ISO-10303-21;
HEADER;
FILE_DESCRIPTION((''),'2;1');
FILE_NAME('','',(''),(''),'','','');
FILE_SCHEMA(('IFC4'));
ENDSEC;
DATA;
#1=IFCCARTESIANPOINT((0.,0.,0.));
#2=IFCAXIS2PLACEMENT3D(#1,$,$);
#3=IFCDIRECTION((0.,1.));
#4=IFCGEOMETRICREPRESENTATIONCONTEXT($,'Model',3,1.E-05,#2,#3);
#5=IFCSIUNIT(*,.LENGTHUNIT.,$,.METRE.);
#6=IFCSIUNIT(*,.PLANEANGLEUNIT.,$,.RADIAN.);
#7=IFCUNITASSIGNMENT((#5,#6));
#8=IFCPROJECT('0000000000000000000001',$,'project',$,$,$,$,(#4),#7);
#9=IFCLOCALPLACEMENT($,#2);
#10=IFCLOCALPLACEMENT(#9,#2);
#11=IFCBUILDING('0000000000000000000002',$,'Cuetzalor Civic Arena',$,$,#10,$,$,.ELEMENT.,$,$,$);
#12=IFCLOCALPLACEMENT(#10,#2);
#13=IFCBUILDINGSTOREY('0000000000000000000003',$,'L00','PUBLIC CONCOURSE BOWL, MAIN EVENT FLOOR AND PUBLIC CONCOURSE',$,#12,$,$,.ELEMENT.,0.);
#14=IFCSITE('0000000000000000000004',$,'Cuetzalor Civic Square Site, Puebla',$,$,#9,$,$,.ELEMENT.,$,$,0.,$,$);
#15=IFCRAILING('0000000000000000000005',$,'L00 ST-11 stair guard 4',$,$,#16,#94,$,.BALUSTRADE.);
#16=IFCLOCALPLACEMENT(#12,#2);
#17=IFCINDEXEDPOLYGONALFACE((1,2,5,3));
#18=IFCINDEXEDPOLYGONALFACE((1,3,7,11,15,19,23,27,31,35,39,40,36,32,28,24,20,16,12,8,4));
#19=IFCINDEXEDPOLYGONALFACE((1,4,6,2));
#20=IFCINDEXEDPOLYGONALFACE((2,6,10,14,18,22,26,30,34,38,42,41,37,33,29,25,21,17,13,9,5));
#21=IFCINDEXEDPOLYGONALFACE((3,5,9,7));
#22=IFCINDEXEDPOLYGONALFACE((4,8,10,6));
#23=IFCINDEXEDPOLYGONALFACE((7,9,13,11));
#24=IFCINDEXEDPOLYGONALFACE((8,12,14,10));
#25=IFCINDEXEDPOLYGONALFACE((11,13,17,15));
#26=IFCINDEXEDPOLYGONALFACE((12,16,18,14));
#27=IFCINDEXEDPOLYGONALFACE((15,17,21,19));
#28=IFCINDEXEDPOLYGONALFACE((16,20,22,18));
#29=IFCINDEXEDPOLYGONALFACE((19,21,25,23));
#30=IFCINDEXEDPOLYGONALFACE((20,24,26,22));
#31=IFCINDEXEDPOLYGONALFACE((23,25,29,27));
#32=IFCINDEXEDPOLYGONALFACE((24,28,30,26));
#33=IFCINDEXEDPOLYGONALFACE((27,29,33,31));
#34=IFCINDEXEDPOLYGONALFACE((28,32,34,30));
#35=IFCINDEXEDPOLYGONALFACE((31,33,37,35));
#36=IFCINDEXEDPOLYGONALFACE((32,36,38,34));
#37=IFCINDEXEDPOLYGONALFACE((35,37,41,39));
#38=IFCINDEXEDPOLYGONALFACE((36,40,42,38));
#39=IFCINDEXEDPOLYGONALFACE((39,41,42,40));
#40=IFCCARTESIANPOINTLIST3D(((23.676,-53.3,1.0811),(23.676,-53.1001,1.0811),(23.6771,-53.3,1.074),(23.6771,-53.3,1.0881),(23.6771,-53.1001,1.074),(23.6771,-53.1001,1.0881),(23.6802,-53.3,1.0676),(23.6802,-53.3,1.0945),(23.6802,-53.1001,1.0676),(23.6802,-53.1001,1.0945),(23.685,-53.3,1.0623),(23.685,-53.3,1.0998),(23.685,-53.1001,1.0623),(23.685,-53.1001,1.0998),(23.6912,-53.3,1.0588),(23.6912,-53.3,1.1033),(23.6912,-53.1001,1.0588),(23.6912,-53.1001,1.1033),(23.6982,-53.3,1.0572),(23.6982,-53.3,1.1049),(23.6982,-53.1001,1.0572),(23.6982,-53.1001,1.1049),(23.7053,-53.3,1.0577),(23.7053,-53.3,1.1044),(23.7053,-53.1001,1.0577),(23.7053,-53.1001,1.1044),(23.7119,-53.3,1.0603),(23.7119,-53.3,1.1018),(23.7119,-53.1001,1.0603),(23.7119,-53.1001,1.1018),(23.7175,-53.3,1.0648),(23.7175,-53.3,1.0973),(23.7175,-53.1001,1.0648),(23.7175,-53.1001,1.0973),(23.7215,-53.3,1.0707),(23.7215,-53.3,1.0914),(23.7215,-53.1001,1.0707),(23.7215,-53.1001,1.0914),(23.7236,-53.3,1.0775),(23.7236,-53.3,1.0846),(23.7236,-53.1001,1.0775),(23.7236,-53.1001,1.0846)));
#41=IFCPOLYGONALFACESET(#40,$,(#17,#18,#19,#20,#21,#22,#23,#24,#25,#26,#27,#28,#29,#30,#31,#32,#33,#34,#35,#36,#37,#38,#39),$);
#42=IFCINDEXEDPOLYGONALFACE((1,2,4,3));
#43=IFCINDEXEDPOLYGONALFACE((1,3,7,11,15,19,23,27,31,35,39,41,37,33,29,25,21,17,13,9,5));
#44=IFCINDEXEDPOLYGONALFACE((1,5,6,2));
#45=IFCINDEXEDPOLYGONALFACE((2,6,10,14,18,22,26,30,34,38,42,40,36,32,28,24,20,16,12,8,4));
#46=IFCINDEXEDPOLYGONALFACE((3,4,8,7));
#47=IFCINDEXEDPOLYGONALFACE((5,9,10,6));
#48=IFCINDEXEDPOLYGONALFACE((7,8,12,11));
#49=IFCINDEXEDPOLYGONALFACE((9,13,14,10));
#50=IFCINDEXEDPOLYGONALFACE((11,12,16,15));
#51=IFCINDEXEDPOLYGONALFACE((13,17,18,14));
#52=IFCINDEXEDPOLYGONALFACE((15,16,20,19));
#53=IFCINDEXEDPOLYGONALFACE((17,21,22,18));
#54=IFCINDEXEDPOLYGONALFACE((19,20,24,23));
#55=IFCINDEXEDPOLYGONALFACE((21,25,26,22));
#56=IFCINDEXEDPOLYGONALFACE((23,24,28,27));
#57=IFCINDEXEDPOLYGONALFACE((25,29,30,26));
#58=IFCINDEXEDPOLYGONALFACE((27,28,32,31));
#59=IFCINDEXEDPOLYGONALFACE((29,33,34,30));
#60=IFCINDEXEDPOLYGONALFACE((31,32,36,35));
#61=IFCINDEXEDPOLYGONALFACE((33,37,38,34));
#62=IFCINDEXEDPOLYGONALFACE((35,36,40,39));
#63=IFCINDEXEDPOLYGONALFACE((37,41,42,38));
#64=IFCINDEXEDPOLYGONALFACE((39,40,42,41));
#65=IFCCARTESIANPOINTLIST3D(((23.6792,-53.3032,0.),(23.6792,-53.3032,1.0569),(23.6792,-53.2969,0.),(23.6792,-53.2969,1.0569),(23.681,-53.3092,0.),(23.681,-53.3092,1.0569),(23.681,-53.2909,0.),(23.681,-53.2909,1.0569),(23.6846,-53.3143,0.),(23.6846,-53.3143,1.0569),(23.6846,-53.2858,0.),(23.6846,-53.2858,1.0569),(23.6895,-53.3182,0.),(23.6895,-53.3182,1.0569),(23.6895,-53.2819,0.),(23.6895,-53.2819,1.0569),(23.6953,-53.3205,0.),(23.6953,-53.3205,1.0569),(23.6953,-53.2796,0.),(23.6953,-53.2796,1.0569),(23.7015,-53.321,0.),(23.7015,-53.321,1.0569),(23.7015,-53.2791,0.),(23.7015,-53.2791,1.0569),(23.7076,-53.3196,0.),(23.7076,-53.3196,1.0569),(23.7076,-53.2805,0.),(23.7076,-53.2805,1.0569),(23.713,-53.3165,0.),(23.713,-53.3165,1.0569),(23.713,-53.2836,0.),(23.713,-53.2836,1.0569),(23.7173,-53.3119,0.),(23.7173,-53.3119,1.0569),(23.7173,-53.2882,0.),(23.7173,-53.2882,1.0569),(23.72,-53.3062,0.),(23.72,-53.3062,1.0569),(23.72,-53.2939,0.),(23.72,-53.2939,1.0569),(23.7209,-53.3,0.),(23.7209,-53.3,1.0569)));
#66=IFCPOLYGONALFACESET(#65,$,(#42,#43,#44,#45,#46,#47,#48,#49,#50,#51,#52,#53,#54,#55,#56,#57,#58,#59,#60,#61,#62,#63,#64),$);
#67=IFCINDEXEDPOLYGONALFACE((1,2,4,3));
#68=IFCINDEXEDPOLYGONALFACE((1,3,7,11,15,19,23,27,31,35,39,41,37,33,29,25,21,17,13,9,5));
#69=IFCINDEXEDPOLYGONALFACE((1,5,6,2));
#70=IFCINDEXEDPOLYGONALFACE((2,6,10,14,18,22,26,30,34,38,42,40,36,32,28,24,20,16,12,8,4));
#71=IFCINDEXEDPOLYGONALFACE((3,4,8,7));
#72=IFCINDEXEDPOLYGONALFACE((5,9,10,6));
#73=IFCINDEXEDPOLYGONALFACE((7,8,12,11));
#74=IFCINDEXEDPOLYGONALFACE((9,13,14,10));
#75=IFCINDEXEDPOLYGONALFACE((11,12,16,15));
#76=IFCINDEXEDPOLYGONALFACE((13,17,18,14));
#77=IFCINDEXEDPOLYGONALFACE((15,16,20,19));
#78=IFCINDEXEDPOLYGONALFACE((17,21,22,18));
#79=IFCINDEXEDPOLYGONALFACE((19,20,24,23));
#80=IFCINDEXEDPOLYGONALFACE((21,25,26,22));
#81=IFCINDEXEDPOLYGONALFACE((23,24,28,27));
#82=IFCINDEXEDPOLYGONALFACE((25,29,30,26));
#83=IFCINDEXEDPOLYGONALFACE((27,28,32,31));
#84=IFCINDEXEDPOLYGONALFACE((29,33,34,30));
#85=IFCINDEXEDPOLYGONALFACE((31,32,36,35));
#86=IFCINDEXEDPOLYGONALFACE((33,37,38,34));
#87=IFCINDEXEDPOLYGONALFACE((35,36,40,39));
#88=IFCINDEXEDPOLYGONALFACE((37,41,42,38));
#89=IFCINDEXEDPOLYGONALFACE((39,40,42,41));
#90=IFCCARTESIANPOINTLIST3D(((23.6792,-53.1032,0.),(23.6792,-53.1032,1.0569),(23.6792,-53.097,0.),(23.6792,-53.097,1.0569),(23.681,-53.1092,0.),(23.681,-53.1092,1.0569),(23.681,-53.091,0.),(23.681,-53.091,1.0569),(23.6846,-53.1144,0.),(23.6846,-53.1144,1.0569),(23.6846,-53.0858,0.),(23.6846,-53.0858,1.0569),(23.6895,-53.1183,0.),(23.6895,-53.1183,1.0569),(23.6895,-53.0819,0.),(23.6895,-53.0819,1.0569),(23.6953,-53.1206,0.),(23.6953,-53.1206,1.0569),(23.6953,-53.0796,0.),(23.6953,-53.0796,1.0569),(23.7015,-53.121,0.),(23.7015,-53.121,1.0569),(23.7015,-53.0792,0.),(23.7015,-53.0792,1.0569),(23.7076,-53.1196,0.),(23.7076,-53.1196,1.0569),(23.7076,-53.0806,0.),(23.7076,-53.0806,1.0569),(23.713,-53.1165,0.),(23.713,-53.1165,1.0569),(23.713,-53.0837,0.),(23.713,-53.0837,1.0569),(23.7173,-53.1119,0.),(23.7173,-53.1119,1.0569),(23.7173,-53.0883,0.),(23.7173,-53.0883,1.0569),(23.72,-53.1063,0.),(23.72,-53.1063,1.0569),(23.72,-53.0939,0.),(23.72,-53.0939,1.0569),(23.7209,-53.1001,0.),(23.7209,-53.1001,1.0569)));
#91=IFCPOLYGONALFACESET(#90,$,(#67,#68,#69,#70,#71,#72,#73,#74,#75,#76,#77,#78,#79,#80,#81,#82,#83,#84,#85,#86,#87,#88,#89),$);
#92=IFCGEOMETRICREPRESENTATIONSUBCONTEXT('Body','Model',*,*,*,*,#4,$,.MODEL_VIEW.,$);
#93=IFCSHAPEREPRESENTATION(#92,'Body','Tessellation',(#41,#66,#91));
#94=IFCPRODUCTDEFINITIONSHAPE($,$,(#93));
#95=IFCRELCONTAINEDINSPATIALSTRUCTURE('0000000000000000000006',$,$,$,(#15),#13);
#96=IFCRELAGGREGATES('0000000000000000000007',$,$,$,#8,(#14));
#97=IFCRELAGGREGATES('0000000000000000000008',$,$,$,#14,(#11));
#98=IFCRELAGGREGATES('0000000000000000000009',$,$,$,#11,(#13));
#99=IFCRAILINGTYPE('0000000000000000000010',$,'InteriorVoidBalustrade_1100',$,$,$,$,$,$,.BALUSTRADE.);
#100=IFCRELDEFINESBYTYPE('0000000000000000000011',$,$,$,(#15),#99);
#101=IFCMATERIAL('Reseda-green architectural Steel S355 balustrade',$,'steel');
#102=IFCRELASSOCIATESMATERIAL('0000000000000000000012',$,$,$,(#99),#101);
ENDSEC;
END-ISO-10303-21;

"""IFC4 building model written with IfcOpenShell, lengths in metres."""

from ifc_helpers import new_model, si_unit, direction, frame, origin, origin_2d, place, context, subcontext, project, spatial, circle, extrude, material, type_object, element, save


model = new_model("IFC4")

# Units and contexts
model_context = context("Model", 3, precision=1e-05, world=origin(), true_north=direction((0.0, 1.0)))
body_context = subcontext(model_context, "Body", "Model", "MODEL_VIEW")
ifc_project = project(units=[si_unit("LENGTHUNIT", "METRE"), si_unit("PLANEANGLEUNIT", "RADIAN")], contexts=[model_context])

# Site, building, storey
site_placement = place(None, origin())
site = spatial("IfcSite", under=ifc_project, at=site_placement, Name="Cuetzalor Civic Square Site, Puebla", CompositionType="ELEMENT", RefElevation=0.0)
building_placement = place(site_placement, origin())
building = spatial("IfcBuilding", under=site, at=building_placement, Name="Cuetzalor Civic Arena", CompositionType="ELEMENT")
storey_placement = place(building_placement, origin())
storey = spatial("IfcBuildingStorey", under=building, at=storey_placement, Name="L00", Description="PUBLIC CONCOURSE BOWL, MAIN EVENT FLOOR AND PUBLIC CONCOURSE", CompositionType="ELEMENT", Elevation=0.0)

# Railing
ifc_material_1 = material(Name="Reseda-green architectural Steel S355 balustrade", Category="steel")
railing_type_1 = type_object("IfcRailingType", Name="InteriorVoidBalustrade_1100", PredefinedType="BALUSTRADE", material=ifc_material_1)
railing_1_placement = place(storey_placement, frame((23.7, -53.3, 0.0)))
element("IfcRailing", 1, at=railing_1_placement, inside=storey, type_object=railing_type_1, Name="L00 ST-11 stair guard 4", PredefinedType="BALUSTRADE", context=body_context, shape_type="SweptSolid", body=[
    extrude(circle(Radius=0.0239, at=origin_2d()), frame((0.0, 0.0, 1.0811), z_axis=(0.0, 1.0, 0.0), x_axis=(-1.0, 0.0, 0.0)), (0.0, 0.0, 1.0), 0.2),
    extrude(circle(Radius=0.021, at=origin_2d()), origin(), (0.0, 0.0, 1.0), 1.0569),
    extrude(circle(Radius=0.021, at=origin_2d()), frame((0.0, 0.2, 0.0)), (0.0, 0.0, 1.0), 1.0569),
])

save(model, "model.ifc")
